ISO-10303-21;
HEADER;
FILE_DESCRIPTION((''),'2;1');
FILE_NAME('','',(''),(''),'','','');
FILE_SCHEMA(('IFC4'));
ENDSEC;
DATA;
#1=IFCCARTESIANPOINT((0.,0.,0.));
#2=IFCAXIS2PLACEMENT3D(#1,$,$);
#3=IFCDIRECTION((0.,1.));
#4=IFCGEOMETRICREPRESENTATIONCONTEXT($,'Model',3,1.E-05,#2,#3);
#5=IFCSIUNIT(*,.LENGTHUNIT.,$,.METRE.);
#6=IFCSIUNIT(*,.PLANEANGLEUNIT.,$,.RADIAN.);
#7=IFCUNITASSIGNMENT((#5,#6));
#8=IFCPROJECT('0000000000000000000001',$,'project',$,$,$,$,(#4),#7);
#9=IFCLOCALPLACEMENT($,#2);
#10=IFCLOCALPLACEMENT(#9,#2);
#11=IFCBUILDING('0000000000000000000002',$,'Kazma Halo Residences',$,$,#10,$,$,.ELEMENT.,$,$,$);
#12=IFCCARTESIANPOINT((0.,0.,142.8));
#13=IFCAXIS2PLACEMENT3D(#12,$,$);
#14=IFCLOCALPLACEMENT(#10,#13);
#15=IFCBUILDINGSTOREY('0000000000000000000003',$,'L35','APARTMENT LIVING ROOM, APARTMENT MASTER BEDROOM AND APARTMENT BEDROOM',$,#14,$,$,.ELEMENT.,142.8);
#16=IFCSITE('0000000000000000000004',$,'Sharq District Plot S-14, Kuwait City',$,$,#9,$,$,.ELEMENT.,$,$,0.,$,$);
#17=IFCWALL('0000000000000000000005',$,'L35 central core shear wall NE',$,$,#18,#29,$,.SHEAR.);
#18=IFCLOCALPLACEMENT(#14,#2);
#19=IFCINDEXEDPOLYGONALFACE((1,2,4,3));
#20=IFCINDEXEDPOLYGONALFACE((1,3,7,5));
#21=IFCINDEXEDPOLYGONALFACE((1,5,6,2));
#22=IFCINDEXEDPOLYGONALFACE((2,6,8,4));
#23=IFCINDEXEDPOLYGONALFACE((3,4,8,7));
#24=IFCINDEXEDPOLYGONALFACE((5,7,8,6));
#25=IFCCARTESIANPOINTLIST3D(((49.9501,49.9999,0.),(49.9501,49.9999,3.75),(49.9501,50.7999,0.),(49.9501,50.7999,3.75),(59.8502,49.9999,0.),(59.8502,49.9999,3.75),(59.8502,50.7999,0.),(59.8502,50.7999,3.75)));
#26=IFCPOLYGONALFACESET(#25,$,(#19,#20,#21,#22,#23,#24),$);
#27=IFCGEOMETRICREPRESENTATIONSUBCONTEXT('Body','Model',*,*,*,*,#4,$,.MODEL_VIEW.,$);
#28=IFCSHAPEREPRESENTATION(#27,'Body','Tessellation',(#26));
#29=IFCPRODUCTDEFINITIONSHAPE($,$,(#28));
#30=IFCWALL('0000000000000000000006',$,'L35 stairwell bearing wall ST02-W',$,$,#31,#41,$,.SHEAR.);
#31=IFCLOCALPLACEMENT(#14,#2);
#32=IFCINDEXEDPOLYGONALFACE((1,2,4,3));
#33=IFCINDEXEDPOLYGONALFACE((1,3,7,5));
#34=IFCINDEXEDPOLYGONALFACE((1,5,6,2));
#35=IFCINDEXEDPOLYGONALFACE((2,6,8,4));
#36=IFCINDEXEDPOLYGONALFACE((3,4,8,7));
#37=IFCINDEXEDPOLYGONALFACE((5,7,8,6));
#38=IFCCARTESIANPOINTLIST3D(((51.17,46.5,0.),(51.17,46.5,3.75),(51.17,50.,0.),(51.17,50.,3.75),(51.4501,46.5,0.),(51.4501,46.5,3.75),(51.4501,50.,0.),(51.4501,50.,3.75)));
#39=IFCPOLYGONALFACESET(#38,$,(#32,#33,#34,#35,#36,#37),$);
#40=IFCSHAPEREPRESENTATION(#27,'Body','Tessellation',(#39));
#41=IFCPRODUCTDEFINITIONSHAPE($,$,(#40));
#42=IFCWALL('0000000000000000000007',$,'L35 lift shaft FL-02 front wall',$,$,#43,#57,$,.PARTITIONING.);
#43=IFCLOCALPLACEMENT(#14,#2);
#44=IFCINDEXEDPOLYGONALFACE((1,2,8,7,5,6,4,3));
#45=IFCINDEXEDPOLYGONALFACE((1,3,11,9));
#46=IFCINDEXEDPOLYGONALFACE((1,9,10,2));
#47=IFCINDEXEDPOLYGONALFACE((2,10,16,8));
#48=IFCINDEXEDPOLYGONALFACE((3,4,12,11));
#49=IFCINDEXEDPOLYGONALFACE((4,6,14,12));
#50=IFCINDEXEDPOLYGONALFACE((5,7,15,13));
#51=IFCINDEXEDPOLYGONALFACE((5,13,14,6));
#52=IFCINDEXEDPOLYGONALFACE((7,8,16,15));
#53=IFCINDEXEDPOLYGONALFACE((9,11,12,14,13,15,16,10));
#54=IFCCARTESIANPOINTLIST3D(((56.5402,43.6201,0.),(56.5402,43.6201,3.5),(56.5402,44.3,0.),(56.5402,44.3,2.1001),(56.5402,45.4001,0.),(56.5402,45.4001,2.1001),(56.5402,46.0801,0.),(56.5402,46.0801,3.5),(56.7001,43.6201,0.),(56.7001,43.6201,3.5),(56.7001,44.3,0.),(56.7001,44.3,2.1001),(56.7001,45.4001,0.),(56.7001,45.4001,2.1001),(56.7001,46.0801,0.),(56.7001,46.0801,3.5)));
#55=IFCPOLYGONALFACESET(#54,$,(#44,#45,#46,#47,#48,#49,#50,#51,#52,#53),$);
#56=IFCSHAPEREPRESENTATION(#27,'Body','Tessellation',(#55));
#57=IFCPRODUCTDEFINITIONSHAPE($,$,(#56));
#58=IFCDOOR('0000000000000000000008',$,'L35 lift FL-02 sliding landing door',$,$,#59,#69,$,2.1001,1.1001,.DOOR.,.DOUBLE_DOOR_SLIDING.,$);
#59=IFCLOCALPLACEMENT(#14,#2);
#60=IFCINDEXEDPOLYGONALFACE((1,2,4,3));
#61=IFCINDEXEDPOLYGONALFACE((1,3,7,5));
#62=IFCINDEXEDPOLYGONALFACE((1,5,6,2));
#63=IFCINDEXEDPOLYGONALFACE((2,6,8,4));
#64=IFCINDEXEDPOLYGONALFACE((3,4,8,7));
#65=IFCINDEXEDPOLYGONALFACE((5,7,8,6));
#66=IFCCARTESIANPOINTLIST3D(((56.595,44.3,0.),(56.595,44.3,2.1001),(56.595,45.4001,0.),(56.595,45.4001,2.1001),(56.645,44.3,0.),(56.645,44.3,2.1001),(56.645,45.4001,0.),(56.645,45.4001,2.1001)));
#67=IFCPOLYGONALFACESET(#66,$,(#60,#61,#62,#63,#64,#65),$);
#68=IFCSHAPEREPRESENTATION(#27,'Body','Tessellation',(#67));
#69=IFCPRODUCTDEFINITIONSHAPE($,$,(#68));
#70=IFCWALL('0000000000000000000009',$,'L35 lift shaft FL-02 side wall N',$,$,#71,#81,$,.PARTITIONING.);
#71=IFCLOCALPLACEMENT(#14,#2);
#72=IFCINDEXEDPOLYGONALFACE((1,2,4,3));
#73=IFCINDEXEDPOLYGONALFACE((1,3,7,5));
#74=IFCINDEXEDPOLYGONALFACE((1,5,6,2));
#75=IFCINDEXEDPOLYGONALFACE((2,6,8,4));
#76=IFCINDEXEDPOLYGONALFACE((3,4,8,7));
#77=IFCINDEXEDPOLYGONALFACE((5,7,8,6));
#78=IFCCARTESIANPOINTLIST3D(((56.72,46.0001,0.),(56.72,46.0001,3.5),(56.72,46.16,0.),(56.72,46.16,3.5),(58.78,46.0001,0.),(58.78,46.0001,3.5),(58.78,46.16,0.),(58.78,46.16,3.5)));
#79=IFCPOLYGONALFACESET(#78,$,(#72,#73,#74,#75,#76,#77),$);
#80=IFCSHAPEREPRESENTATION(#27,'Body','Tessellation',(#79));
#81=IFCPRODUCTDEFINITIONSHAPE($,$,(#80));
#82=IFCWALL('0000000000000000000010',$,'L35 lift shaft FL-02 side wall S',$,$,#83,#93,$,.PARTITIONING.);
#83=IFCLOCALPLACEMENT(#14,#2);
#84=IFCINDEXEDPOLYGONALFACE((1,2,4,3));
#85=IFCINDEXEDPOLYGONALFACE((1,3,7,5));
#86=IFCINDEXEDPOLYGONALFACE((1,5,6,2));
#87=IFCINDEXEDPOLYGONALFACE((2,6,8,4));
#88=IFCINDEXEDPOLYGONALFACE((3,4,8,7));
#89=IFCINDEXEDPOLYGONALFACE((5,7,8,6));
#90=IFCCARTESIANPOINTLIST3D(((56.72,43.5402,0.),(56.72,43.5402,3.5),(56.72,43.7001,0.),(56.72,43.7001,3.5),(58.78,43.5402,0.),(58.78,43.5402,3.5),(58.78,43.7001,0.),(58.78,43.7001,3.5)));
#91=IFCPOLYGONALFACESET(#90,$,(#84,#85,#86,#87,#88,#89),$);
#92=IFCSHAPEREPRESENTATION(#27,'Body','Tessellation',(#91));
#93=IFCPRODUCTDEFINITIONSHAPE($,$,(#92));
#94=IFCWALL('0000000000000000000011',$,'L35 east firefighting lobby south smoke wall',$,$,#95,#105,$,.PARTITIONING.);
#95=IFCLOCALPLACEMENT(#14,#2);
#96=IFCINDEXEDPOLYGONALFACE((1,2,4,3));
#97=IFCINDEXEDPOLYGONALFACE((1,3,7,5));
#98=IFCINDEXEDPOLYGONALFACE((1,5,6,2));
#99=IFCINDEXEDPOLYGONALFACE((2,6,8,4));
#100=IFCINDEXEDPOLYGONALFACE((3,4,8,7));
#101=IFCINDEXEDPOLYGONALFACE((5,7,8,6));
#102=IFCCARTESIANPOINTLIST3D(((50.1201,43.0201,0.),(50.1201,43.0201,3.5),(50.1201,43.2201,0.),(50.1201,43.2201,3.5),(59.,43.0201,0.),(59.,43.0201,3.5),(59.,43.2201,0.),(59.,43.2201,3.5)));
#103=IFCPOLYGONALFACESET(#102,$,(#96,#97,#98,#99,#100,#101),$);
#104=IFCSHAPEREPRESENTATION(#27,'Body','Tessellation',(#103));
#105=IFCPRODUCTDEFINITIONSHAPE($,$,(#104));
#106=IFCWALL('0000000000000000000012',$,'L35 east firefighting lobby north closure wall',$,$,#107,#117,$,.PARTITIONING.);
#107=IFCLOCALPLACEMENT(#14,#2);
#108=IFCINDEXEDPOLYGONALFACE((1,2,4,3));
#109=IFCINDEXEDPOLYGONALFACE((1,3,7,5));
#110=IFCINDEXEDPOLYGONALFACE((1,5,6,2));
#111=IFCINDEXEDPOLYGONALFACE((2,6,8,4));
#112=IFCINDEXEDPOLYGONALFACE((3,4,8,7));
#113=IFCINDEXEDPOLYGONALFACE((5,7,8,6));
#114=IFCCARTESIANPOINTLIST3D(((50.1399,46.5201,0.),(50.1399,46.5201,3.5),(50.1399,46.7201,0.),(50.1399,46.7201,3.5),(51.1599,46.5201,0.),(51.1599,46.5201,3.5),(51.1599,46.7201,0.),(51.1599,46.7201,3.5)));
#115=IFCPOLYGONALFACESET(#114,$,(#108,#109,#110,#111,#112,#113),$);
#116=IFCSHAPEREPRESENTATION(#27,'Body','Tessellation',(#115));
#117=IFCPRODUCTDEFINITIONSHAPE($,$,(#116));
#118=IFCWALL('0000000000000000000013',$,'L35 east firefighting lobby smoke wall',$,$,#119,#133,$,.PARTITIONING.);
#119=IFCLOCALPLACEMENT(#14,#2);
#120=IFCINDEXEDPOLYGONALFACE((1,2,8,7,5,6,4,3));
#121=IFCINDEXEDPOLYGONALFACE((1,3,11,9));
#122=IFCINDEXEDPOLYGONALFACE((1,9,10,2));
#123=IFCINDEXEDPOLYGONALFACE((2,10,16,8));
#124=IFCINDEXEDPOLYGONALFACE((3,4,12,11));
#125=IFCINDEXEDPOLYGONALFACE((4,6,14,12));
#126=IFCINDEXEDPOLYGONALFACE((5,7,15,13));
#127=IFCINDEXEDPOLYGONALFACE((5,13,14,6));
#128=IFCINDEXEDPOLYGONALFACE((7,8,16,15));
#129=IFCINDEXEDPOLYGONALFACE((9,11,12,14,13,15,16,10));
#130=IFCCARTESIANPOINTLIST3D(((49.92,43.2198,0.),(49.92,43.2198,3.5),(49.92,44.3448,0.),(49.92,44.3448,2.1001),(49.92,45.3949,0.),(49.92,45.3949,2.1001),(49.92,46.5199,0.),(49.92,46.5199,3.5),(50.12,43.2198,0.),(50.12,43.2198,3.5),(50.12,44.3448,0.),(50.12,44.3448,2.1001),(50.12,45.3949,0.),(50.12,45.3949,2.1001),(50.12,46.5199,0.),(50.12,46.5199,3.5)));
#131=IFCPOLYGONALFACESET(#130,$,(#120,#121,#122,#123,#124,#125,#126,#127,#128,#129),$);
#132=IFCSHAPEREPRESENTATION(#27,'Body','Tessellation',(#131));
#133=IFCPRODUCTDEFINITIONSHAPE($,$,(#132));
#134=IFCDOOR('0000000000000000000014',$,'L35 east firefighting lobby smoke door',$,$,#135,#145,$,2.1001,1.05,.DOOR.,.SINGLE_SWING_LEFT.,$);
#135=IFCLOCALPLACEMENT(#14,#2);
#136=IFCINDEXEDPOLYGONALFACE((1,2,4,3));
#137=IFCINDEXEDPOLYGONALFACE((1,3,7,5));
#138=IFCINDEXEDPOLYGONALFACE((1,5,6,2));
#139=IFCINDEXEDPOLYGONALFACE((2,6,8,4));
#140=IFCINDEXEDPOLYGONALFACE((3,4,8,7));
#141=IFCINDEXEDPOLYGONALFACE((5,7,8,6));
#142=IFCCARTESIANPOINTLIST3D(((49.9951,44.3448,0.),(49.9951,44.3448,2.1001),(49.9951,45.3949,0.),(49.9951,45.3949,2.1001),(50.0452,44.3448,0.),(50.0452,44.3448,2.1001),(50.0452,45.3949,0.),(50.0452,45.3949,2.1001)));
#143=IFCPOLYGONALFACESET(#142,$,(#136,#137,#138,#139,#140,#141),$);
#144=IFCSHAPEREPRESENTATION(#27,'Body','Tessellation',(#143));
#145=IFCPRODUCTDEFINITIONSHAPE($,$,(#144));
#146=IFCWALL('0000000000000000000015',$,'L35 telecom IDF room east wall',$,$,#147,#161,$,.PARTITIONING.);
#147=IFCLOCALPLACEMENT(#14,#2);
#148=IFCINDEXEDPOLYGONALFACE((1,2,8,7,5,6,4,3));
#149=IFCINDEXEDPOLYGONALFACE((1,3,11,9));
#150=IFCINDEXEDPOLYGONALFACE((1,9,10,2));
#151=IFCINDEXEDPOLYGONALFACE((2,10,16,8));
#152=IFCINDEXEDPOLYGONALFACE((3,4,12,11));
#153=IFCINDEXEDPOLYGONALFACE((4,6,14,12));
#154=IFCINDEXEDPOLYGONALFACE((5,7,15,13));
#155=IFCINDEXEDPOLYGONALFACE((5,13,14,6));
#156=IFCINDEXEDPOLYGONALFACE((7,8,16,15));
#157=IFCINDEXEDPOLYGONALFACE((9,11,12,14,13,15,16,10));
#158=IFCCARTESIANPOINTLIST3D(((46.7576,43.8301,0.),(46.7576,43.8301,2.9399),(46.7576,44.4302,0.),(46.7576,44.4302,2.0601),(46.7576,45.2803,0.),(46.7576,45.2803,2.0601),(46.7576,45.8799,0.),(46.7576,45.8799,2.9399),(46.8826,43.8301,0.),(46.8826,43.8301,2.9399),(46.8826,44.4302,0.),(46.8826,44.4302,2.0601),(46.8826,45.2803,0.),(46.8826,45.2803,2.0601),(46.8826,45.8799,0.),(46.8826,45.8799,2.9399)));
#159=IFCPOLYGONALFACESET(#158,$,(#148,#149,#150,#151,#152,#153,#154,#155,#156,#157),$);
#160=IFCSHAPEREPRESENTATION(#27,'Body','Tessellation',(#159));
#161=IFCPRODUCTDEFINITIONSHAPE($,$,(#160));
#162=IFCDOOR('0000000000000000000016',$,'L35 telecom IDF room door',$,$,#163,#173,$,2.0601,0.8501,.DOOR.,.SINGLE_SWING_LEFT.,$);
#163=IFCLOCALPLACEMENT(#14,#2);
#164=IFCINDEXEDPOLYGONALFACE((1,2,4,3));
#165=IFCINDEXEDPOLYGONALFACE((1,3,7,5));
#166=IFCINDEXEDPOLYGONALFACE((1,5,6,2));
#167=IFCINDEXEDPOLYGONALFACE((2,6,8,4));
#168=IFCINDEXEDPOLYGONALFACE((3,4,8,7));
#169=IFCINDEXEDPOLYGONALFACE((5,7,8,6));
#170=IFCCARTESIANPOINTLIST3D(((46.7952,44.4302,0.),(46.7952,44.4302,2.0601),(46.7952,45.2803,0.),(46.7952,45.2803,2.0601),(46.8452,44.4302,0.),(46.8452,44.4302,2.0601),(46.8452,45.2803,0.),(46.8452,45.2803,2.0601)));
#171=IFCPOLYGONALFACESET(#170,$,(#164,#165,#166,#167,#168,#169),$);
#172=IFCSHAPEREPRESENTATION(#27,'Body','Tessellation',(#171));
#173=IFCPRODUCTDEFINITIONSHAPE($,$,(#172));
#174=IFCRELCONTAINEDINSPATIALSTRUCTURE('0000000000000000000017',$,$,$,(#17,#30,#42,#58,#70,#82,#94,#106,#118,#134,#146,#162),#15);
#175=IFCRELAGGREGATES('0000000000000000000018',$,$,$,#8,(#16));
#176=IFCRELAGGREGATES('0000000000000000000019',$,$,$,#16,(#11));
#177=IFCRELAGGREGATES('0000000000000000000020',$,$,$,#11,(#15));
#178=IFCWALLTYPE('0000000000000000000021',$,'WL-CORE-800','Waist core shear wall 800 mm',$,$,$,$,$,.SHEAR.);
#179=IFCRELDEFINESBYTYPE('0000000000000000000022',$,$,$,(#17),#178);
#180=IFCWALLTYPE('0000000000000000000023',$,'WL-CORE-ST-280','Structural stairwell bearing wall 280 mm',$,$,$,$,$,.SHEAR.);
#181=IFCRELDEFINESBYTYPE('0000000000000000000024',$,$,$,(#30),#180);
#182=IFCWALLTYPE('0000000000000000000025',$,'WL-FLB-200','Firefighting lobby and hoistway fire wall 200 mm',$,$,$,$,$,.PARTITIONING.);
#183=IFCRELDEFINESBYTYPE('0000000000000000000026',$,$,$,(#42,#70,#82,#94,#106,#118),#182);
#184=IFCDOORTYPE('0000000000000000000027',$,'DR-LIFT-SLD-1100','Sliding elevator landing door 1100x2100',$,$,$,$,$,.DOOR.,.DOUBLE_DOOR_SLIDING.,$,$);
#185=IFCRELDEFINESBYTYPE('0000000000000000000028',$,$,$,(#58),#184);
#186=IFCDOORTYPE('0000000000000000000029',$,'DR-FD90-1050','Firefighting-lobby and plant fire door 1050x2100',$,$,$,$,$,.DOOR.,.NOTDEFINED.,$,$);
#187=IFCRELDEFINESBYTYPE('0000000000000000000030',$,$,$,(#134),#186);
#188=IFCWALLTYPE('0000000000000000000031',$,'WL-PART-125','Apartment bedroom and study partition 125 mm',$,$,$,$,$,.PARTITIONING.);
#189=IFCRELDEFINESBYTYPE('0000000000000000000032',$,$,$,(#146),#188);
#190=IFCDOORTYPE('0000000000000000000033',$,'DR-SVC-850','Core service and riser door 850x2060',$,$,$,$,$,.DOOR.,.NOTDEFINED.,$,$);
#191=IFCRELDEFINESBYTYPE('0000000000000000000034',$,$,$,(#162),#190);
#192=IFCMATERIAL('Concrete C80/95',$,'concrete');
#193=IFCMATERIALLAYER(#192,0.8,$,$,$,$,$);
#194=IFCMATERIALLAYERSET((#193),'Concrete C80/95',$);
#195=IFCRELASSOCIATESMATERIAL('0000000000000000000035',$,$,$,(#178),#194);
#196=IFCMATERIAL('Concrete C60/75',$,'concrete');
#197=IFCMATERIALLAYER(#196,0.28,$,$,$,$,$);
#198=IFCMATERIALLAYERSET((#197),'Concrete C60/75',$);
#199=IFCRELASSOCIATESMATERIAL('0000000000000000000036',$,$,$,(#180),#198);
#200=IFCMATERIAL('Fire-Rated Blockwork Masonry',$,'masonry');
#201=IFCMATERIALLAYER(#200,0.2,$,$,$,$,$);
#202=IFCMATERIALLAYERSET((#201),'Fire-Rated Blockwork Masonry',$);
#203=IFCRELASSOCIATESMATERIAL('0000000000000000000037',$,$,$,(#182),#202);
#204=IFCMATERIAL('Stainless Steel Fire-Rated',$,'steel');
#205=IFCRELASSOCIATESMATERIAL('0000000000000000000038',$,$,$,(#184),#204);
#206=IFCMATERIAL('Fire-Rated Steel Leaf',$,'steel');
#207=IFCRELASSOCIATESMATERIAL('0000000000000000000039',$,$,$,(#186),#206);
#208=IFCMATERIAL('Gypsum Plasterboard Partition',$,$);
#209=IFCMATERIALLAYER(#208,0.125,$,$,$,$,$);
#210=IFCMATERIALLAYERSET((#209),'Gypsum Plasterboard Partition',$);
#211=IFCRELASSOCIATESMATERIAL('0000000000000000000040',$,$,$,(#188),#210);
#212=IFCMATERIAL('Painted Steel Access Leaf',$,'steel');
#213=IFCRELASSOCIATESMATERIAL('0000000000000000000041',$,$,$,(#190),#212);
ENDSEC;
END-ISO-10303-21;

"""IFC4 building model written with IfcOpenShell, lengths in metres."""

from ifc_helpers import new_model, si_unit, direction, frame, frame_2d, origin, place, context, subcontext, project, spatial, rectangle, extrude, material, layer, layer_set, type_object, element, fill, save


model = new_model("IFC4")

# Units and contexts
model_context = context("Model", 3, precision=1e-05, world=origin(), true_north=direction((0.0, 1.0)))
body_context = subcontext(model_context, "Body", "Model", "MODEL_VIEW")
ifc_project = project(units=[si_unit("LENGTHUNIT", "METRE"), si_unit("PLANEANGLEUNIT", "RADIAN")], contexts=[model_context])

# Site, building, storey
site_placement = place(None, origin())
site = spatial("IfcSite", under=ifc_project, at=site_placement, Name="Sharq District Plot S-14, Kuwait City", CompositionType="ELEMENT", RefElevation=0.0)
building_placement = place(site_placement, origin())
building = spatial("IfcBuilding", under=site, at=building_placement, Name="Kazma Halo Residences", CompositionType="ELEMENT")
storey_placement = place(building_placement, frame((0.0, 0.0, 142.8)))
storey = spatial("IfcBuildingStorey", under=building, at=storey_placement, Name="L35", Description="APARTMENT LIVING ROOM, APARTMENT MASTER BEDROOM AND APARTMENT BEDROOM", CompositionType="ELEMENT", Elevation=142.8)

# Walls
ifc_material_1 = material(Name="Concrete C80/95", Category="concrete")
ifc_layer_1 = layer(ifc_material_1, 0.8)
ifc_layer_set_1 = layer_set([ifc_layer_1], Name="Concrete C80/95")
wall_type_1 = type_object("IfcWallType", Name="WL-CORE-800", Description="Waist core shear wall 800 mm", PredefinedType="SHEAR", material=ifc_layer_set_1)
wall_1_placement = place(storey_placement, frame((49.95, 50.3999, 0.0), z_axis=(0.0, 0.0, 1.0), x_axis=(1.0, 0.0, 0.0)))
element("IfcWall", 1, at=wall_1_placement, inside=storey, type_object=wall_type_1, Name="L35 central core shear wall NE", PredefinedType="SHEAR", context=body_context, shape_type="SweptSolid", body=[
    extrude(rectangle(XDim=9.9001, YDim=0.8, at=frame_2d((4.9502, 0.0))), origin(), (0.0, 0.0, 1.0), 3.75),
])
ifc_material_2 = material(Name="Concrete C60/75", Category="concrete")
ifc_layer_2 = layer(ifc_material_2, 0.28)
ifc_layer_set_2 = layer_set([ifc_layer_2], Name="Concrete C60/75")
wall_type_2 = type_object("IfcWallType", Name="WL-CORE-ST-280", Description="Structural stairwell bearing wall 280 mm", PredefinedType="SHEAR", material=ifc_layer_set_2)
wall_2_placement = place(storey_placement, frame((51.3101, 46.5, 0.0), z_axis=(0.0, 0.0, 1.0), x_axis=(0.0, 1.0, 0.0)))
element("IfcWall", 2, at=wall_2_placement, inside=storey, type_object=wall_type_2, Name="L35 stairwell bearing wall ST02-W", PredefinedType="SHEAR", context=body_context, shape_type="SweptSolid", body=[
    extrude(rectangle(XDim=3.5, YDim=0.28, at=frame_2d((1.75, 0.0))), origin(), (0.0, 0.0, 1.0), 3.75),
])

# Wall, opening, door
ifc_material_3 = material(Name="Fire-Rated Blockwork Masonry", Category="masonry")
ifc_layer_3 = layer(ifc_material_3, 0.2)
ifc_layer_set_3 = layer_set([ifc_layer_3], Name="Fire-Rated Blockwork Masonry")
wall_type_3 = type_object("IfcWallType", Name="WL-FLB-200", Description="Firefighting lobby and hoistway fire wall 200 mm", PredefinedType="PARTITIONING", material=ifc_layer_set_3)
wall_3_placement = place(storey_placement, frame((56.6201, 46.0801, 0.0), z_axis=(0.0, 0.0, 1.0), x_axis=(0.0, -1.0, 0.0)))
wall_3 = element("IfcWall", 3, at=wall_3_placement, inside=storey, type_object=wall_type_3, Name="L35 lift shaft FL-02 front wall", PredefinedType="PARTITIONING", context=body_context, shape_type="SweptSolid", body=[
    extrude(rectangle(XDim=2.46, YDim=0.1599, at=frame_2d((1.23, 0.0))), origin(), (0.0, 0.0, 1.0), 3.5),
])
opening_1_placement = place(wall_3_placement, frame((0.6799, 0.0, 0.0)))
opening_1 = element("IfcOpeningElement", 4, at=opening_1_placement, cuts=wall_3, PredefinedType="OPENING", context=body_context, shape_type="SweptSolid", body=[
    extrude(rectangle(XDim=1.1001, YDim=2.1001, at=frame_2d((0.55, 1.05))), frame((0.0, 0.0898, 0.0), z_axis=(0.0, -1.0, 0.0), x_axis=(1.0, 0.0, 0.0)), (0.0, 0.0, 1.0), 0.1799),
])
ifc_material_4 = material(Name="Stainless Steel Fire-Rated", Category="steel")
door_type_1 = type_object("IfcDoorType", Name="DR-LIFT-SLD-1100", Description="Sliding elevator landing door 1100x2100", OperationType="DOUBLE_DOOR_SLIDING", PredefinedType="DOOR", material=ifc_material_4)
door_1_placement = place(opening_1_placement, origin())
door_1 = element("IfcDoor", 5, at=door_1_placement, inside=storey, type_object=door_type_1, Name="L35 lift FL-02 sliding landing door", OperationType="DOUBLE_DOOR_SLIDING", OverallHeight=2.1001, OverallWidth=1.1001, PredefinedType="DOOR", context=body_context, shape_type="SweptSolid", body=[
    extrude(rectangle(XDim=1.1001, YDim=2.1001, at=frame_2d((0.55, 1.05))), frame((0.0, 0.0249, 0.0), z_axis=(0.0, -1.0, 0.0), x_axis=(1.0, 0.0, 0.0)), (0.0, 0.0, 1.0), 0.05),
])
fill(opening_1, door_1)

# Walls
for number, where, z_axis, x_axis, name in (
    (6, (56.72, 46.0801, 0.0), (0.0, 0.0, 1.0), (1.0, 0.0, 0.0), "L35 lift shaft FL-02 side wall N"),
    (7, (56.72, 43.6201, 0.0), (0.0, 0.0, 1.0), (1.0, 0.0, 0.0), "L35 lift shaft FL-02 side wall S"),
):
    element("IfcWall", number, at=place(storey_placement, frame(where, z_axis=z_axis, x_axis=x_axis)), inside=storey, type_object=wall_type_3, Name=name, PredefinedType="PARTITIONING", context=body_context, shape_type="SweptSolid", body=[
        extrude(rectangle(XDim=2.0601, YDim=0.1599, at=frame_2d((1.03, 0.0))), origin(), (0.0, 0.0, 1.0), 3.5),
    ])
wall_4_placement = place(storey_placement, frame((50.1201, 43.1201, 0.0), z_axis=(0.0, 0.0, 1.0), x_axis=(1.0, 0.0, 0.0)))
element("IfcWall", 8, at=wall_4_placement, inside=storey, type_object=wall_type_3, Name="L35 east firefighting lobby south smoke wall", PredefinedType="PARTITIONING", context=body_context, shape_type="SweptSolid", body=[
    extrude(rectangle(XDim=8.8799, YDim=0.2, at=frame_2d((4.4399, 0.0))), origin(), (0.0, 0.0, 1.0), 3.5),
])
wall_5_placement = place(storey_placement, frame((50.1399, 46.6201, 0.0), z_axis=(0.0, 0.0, 1.0), x_axis=(1.0, 0.0, 0.0)))
element("IfcWall", 9, at=wall_5_placement, inside=storey, type_object=wall_type_3, Name="L35 east firefighting lobby north closure wall", PredefinedType="PARTITIONING", context=body_context, shape_type="SweptSolid", body=[
    extrude(rectangle(XDim=1.02, YDim=0.2, at=frame_2d((0.51, 0.0))), origin(), (0.0, 0.0, 1.0), 3.5),
])

# Walls, openings, doors
wall_6_placement = place(storey_placement, frame((50.02, 43.22, 0.0), z_axis=(0.0, 0.0, 1.0), x_axis=(0.0, 1.0, 0.0)))
wall_6 = element("IfcWall", 10, at=wall_6_placement, inside=storey, type_object=wall_type_3, Name="L35 east firefighting lobby smoke wall", PredefinedType="PARTITIONING", context=body_context, shape_type="SweptSolid", body=[
    extrude(rectangle(XDim=3.3, YDim=0.2, at=frame_2d((1.6499, 0.0))), origin(), (0.0, 0.0, 1.0), 3.5),
])
opening_2_placement = place(wall_6_placement, frame((1.125, 0.0, 0.0)))
opening_2 = element("IfcOpeningElement", 11, at=opening_2_placement, cuts=wall_6, PredefinedType="OPENING", context=body_context, shape_type="SweptSolid", body=[
    extrude(rectangle(XDim=1.05, YDim=2.1001, at=frame_2d((0.5249, 1.05))), frame((0.0, 0.1099, 0.0), z_axis=(0.0, -1.0, 0.0), x_axis=(1.0, 0.0, 0.0)), (0.0, 0.0, 1.0), 0.22),
])
ifc_material_5 = material(Name="Fire-Rated Steel Leaf", Category="steel")
door_type_2 = type_object("IfcDoorType", Name="DR-FD90-1050", Description="Firefighting-lobby and plant fire door 1050x2100", OperationType="NOTDEFINED", PredefinedType="DOOR", material=ifc_material_5)
door_2_placement = place(opening_2_placement, origin())
door_2 = element("IfcDoor", 12, at=door_2_placement, inside=storey, type_object=door_type_2, Name="L35 east firefighting lobby smoke door", OperationType="SINGLE_SWING_LEFT", OverallHeight=2.1001, OverallWidth=1.05, PredefinedType="DOOR", context=body_context, shape_type="SweptSolid", body=[
    extrude(rectangle(XDim=1.05, YDim=2.1001, at=frame_2d((0.5249, 1.05))), frame((0.0, 0.0249, 0.0), z_axis=(0.0, -1.0, 0.0), x_axis=(1.0, 0.0, 0.0)), (0.0, 0.0, 1.0), 0.05),
])
fill(opening_2, door_2)
ifc_material_6 = material(Name="Gypsum Plasterboard Partition")
ifc_layer_4 = layer(ifc_material_6, 0.125)
ifc_layer_set_4 = layer_set([ifc_layer_4], Name="Gypsum Plasterboard Partition")
wall_type_4 = type_object("IfcWallType", Name="WL-PART-125", Description="Apartment bedroom and study partition 125 mm", PredefinedType="PARTITIONING", material=ifc_layer_set_4)
wall_7_placement = place(storey_placement, frame((46.8201, 43.8301, 0.0), z_axis=(0.0, 0.0, 1.0), x_axis=(0.0, 1.0, 0.0)))
wall_7 = element("IfcWall", 13, at=wall_7_placement, inside=storey, type_object=wall_type_4, Name="L35 telecom IDF room east wall", PredefinedType="PARTITIONING", context=body_context, shape_type="SweptSolid", body=[
    extrude(rectangle(XDim=2.0498, YDim=0.125, at=frame_2d((1.0249, 0.0))), origin(), (0.0, 0.0, 1.0), 2.9399),
])
opening_3_placement = place(wall_7_placement, frame((0.6001, 0.0, 0.0)))
opening_3 = element("IfcOpeningElement", 14, at=opening_3_placement, cuts=wall_7, PredefinedType="OPENING", context=body_context, shape_type="SweptSolid", body=[
    extrude(rectangle(XDim=0.8501, YDim=2.0601, at=frame_2d((0.425, 1.03))), frame((0.0, 0.0725, 0.0), z_axis=(0.0, -1.0, 0.0), x_axis=(1.0, 0.0, 0.0)), (0.0, 0.0, 1.0), 0.145),
])
ifc_material_7 = material(Name="Painted Steel Access Leaf", Category="steel")
door_type_3 = type_object("IfcDoorType", Name="DR-SVC-850", Description="Core service and riser door 850x2060", OperationType="NOTDEFINED", PredefinedType="DOOR", material=ifc_material_7)
door_3_placement = place(opening_3_placement, origin())
door_3 = element("IfcDoor", 15, at=door_3_placement, inside=storey, type_object=door_type_3, Name="L35 telecom IDF room door", OperationType="SINGLE_SWING_LEFT", OverallHeight=2.0601, OverallWidth=0.8501, PredefinedType="DOOR", context=body_context, shape_type="SweptSolid", body=[
    extrude(rectangle(XDim=0.8501, YDim=2.0601, at=frame_2d((0.425, 1.03))), frame((0.0, 0.0249, 0.0), z_axis=(0.0, -1.0, 0.0), x_axis=(1.0, 0.0, 0.0)), (0.0, 0.0, 1.0), 0.05),
])
fill(opening_3, door_3)

save(model, "model.ifc")
